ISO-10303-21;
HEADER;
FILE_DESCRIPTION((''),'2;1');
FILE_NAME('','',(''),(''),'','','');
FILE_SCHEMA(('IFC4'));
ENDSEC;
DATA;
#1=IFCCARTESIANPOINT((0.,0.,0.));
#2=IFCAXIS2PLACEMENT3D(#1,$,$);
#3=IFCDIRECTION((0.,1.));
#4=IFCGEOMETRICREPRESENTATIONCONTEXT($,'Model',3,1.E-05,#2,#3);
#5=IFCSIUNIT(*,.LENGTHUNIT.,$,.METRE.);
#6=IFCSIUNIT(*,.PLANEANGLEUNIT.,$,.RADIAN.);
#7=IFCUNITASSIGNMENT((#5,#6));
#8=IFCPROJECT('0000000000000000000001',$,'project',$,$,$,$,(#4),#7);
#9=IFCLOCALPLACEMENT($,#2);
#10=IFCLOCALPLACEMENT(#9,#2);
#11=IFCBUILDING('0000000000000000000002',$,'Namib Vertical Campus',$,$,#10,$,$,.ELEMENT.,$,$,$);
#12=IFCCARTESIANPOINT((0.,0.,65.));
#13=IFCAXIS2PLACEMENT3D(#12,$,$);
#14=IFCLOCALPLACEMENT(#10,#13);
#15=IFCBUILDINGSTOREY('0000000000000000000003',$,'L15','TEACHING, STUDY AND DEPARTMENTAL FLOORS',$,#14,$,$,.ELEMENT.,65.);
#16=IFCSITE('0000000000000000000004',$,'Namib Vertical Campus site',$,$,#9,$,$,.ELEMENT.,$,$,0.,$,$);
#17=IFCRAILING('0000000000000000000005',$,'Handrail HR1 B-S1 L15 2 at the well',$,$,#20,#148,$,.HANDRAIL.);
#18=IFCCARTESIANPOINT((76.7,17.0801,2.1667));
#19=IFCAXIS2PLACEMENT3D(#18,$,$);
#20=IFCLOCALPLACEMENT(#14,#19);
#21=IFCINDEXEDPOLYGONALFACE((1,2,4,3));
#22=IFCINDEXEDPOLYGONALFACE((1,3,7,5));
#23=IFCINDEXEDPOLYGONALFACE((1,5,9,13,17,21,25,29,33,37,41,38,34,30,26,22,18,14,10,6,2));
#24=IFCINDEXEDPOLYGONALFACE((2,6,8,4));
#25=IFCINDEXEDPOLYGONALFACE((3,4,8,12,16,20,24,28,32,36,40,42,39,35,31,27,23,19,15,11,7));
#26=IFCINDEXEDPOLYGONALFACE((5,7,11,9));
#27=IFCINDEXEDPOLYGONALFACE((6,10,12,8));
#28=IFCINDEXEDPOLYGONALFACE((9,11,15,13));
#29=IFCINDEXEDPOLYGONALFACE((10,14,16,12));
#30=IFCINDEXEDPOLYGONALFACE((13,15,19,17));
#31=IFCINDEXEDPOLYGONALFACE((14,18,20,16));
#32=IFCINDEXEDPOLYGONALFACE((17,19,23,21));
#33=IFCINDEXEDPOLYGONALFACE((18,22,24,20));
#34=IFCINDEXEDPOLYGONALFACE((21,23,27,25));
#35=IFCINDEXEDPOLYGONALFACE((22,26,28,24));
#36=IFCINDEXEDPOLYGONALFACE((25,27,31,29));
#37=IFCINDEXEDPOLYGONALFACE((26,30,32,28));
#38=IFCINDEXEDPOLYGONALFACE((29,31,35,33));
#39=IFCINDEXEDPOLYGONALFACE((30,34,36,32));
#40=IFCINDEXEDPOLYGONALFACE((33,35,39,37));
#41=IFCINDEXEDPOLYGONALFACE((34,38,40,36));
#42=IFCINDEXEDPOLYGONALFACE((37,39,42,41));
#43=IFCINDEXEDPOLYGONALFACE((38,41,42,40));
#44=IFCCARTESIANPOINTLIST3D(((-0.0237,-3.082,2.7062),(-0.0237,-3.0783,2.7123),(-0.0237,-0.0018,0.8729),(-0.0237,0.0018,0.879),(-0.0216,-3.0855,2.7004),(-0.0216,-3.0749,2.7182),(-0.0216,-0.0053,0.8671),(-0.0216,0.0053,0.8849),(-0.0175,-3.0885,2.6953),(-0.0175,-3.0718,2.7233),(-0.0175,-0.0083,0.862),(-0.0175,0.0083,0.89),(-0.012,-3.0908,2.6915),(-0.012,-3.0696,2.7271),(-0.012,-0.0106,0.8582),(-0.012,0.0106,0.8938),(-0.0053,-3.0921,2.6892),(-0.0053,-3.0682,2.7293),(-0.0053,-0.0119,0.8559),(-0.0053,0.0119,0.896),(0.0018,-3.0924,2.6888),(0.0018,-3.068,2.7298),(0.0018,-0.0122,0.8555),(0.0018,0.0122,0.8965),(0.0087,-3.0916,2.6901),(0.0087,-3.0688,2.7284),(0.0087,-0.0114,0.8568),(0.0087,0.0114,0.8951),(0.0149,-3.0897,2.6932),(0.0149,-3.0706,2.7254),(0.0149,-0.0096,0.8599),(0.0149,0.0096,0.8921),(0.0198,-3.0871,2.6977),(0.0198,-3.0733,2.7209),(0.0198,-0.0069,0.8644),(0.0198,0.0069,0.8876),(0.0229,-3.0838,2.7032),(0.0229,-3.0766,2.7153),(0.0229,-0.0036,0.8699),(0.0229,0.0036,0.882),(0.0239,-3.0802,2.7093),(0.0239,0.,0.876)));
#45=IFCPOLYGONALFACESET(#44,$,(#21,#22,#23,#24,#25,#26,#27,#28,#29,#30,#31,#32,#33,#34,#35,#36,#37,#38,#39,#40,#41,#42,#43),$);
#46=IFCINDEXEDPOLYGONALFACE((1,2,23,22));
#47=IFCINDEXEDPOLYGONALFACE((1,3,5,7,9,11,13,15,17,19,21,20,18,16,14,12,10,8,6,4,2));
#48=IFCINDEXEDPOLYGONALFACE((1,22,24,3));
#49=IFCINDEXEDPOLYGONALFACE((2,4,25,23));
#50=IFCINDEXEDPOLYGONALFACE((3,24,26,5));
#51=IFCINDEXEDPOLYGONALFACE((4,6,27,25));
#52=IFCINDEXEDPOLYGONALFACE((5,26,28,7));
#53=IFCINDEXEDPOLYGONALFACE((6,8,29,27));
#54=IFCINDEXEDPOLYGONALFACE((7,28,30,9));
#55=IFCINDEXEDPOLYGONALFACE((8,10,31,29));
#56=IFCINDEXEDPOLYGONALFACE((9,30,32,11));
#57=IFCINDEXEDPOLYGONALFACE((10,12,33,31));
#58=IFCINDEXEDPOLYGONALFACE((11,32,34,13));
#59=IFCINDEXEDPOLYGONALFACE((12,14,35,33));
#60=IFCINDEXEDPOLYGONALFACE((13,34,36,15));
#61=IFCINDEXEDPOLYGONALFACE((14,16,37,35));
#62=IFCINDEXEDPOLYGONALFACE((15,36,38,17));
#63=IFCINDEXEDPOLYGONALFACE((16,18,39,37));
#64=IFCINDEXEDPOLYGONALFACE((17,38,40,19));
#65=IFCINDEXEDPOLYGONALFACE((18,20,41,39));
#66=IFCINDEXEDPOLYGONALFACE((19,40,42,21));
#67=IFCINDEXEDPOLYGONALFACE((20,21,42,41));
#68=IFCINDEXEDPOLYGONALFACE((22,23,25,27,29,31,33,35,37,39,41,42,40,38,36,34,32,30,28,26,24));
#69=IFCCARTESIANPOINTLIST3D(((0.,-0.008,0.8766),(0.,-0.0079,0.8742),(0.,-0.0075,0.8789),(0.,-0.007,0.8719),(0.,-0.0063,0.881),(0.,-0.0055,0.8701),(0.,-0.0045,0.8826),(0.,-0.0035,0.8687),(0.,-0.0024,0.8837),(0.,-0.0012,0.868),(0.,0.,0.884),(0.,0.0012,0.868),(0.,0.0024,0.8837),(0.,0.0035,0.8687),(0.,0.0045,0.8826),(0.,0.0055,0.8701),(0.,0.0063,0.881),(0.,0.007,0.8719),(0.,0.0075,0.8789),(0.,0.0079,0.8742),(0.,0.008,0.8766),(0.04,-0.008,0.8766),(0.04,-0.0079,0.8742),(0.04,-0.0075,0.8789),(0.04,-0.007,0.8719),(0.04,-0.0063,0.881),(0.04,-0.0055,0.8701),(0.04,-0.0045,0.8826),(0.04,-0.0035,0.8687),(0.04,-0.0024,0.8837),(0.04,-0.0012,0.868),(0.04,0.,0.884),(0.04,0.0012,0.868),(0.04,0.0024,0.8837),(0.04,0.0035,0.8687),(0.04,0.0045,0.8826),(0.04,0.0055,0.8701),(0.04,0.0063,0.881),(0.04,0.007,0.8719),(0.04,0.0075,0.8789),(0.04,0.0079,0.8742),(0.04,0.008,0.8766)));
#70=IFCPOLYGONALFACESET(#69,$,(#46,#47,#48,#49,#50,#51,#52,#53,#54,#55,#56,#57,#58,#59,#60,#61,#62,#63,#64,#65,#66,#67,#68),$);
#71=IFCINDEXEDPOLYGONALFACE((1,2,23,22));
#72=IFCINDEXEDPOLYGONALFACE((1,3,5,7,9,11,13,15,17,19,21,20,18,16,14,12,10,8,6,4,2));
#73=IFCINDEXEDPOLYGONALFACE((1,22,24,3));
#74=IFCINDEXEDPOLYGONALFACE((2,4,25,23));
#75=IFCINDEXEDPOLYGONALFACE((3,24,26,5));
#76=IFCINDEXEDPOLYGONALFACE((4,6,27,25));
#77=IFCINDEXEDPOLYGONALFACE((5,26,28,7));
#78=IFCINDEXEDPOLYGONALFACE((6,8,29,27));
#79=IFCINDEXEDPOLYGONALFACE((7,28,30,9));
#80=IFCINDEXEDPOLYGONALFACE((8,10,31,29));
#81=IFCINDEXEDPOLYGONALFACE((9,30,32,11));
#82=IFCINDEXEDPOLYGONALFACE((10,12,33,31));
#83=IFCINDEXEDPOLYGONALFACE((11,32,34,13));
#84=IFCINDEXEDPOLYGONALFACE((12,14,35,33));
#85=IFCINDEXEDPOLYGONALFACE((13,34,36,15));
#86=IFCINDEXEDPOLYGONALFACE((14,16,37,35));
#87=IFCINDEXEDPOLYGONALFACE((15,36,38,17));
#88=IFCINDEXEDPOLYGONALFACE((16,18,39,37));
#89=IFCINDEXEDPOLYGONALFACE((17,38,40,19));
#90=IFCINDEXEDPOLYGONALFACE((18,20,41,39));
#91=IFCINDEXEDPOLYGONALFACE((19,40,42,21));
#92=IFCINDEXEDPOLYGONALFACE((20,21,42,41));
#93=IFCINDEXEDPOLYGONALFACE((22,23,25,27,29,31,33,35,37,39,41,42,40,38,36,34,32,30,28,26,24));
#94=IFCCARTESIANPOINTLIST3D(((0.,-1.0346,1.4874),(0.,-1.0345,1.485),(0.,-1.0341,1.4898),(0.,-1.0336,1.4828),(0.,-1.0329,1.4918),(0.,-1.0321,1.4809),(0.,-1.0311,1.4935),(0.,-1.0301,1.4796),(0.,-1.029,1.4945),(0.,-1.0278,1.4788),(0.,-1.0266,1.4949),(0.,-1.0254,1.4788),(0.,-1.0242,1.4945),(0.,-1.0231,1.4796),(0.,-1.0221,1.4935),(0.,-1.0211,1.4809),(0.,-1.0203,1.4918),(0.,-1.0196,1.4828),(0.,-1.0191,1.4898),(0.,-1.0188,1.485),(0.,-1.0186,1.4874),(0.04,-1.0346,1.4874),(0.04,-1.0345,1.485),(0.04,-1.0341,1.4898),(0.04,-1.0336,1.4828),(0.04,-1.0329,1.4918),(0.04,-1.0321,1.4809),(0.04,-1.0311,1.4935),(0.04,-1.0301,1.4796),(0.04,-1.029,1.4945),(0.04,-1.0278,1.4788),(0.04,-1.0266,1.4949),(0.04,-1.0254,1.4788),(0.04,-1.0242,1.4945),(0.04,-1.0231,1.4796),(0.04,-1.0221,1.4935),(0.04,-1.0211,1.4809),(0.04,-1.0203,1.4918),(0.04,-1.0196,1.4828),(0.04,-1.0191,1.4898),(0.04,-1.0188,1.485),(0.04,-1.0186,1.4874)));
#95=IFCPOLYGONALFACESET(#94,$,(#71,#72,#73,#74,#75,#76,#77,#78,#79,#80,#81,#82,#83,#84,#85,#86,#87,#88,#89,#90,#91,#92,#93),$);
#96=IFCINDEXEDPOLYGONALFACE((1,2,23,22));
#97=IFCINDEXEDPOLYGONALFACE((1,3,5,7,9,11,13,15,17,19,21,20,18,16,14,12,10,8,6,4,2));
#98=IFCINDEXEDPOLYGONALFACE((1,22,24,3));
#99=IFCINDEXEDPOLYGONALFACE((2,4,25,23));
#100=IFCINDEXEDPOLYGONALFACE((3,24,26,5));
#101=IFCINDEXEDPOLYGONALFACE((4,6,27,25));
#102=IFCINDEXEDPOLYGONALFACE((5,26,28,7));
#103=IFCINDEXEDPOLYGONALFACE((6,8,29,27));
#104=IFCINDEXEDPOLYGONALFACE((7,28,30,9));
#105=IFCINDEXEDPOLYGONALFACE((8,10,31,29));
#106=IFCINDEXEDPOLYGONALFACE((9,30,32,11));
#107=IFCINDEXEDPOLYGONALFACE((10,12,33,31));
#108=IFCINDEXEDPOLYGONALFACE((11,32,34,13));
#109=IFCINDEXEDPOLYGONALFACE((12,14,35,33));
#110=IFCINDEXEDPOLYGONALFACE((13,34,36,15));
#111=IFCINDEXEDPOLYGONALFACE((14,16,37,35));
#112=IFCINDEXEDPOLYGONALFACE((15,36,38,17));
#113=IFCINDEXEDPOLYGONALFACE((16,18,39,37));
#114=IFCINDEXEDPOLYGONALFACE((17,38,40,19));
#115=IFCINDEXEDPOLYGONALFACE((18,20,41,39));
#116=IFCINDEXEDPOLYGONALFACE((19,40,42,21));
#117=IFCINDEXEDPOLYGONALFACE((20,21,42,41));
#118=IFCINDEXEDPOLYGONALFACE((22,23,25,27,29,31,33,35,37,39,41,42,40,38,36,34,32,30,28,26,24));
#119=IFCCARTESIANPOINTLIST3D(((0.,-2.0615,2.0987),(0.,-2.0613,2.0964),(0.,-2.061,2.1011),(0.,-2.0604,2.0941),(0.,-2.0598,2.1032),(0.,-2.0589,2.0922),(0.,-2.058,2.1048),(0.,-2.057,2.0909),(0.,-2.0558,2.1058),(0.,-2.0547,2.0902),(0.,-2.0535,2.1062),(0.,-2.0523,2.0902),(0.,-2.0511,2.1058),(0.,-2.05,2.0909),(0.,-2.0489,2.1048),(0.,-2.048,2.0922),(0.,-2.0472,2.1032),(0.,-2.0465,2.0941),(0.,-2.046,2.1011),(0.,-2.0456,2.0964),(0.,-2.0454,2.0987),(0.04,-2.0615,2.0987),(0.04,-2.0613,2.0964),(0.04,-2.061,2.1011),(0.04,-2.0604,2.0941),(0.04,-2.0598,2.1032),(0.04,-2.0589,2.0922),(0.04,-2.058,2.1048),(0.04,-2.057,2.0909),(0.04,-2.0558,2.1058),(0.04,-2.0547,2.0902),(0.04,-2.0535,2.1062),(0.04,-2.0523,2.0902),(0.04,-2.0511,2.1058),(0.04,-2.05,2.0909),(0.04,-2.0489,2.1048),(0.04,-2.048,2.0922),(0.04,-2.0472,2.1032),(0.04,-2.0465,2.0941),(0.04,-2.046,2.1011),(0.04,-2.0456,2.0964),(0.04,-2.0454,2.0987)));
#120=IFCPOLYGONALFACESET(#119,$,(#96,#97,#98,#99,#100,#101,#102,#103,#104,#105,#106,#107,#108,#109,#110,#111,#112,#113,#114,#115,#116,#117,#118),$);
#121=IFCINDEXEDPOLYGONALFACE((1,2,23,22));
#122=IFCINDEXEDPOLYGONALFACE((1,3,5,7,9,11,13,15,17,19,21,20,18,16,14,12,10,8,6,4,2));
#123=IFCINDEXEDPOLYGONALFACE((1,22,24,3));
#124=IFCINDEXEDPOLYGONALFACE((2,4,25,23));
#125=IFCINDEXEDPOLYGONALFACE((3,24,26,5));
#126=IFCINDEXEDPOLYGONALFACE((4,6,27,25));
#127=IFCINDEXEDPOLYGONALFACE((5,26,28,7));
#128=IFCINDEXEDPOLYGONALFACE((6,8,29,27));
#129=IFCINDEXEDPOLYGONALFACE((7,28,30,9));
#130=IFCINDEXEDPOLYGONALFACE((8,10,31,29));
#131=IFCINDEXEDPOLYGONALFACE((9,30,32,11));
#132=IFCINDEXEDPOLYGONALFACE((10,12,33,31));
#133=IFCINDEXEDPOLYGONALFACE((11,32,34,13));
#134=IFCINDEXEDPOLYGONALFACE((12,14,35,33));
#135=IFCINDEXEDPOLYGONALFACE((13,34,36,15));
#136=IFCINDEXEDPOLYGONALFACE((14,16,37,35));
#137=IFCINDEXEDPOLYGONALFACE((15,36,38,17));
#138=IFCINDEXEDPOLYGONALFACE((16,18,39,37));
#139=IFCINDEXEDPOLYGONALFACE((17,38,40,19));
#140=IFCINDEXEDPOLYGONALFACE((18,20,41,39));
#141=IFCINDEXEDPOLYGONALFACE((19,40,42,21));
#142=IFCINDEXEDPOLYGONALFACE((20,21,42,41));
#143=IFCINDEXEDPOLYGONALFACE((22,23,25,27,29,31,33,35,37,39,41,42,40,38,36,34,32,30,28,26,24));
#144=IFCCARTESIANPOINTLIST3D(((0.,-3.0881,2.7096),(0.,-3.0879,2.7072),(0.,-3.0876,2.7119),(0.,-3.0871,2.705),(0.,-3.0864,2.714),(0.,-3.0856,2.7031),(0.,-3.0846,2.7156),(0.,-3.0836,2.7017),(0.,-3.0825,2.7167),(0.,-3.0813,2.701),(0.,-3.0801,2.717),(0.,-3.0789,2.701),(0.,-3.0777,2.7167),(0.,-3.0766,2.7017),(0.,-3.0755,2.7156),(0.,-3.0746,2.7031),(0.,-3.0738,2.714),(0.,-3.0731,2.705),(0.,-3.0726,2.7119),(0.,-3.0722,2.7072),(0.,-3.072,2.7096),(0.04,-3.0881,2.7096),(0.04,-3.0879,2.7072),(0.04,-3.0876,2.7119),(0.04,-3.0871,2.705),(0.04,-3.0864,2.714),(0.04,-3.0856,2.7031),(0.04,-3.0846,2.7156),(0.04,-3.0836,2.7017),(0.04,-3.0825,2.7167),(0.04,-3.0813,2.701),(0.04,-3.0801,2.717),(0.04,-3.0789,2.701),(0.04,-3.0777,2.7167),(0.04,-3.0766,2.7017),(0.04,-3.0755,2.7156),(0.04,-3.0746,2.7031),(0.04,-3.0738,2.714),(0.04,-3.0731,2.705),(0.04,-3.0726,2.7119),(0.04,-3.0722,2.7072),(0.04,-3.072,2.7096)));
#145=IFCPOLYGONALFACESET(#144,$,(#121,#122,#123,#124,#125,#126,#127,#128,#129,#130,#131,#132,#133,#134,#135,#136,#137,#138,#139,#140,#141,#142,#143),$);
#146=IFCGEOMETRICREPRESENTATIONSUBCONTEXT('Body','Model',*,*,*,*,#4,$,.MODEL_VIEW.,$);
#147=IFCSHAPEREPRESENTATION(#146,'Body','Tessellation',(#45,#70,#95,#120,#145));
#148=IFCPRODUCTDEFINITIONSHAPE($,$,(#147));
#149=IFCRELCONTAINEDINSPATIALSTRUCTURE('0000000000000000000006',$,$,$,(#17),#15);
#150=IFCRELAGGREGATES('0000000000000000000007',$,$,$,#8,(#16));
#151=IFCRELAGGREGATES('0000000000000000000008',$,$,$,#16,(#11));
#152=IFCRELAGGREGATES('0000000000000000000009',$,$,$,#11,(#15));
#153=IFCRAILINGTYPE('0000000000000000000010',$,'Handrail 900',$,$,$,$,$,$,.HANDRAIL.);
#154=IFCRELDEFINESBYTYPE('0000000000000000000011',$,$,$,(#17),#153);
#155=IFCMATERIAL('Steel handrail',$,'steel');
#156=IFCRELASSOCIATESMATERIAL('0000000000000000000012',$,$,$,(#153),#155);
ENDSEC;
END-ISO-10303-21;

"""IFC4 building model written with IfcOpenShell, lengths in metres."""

from ifc_helpers import new_model, si_unit, direction, frame, origin, origin_2d, place, context, subcontext, project, spatial, circle, extrude, material, type_object, element, save


model = new_model("IFC4")

# Units and contexts
model_context = context("Model", 3, precision=1e-05, world=origin(), true_north=direction((0.0, 1.0)))
body_context = subcontext(model_context, "Body", "Model", "MODEL_VIEW")
ifc_project = project(units=[si_unit("LENGTHUNIT", "METRE"), si_unit("PLANEANGLEUNIT", "RADIAN")], contexts=[model_context])

# Site, building, storey
site_placement = place(None, origin())
site = spatial("IfcSite", under=ifc_project, at=site_placement, Name="Namib Vertical Campus site", CompositionType="ELEMENT", RefElevation=0.0)
building_placement = place(site_placement, origin())
building = spatial("IfcBuilding", under=site, at=building_placement, Name="Namib Vertical Campus", CompositionType="ELEMENT")
storey_placement = place(building_placement, frame((0.0, 0.0, 65.0)))
storey = spatial("IfcBuildingStorey", under=building, at=storey_placement, Name="L15", Description="TEACHING, STUDY AND DEPARTMENTAL FLOORS", CompositionType="ELEMENT", Elevation=65.0)

# Railing
ifc_material_1 = material(Name="Steel handrail", Category="steel")
railing_type_1 = type_object("IfcRailingType", Name="Handrail 900", PredefinedType="HANDRAIL", material=ifc_material_1)
railing_1_placement = place(storey_placement, frame((76.7, 17.0801, 2.1667)))
element("IfcRailing", 1, at=railing_1_placement, inside=storey, type_object=railing_type_1, Name="Handrail HR1 B-S1 L15 2 at the well", PredefinedType="HANDRAIL", context=body_context, shape_type="SweptSolid", body=[
    extrude(circle(Radius=0.0239, at=origin_2d()), frame((0.0, 0.0, 0.876), z_axis=(0.0, -0.859309, 0.511458), x_axis=(1.0, 0.0, 0.0)), (0.0, 0.0, 1.0), 3.5845),
    extrude(circle(Radius=0.0081, at=origin_2d()), frame((0.0, 0.0, 0.876), z_axis=(1.0, 0.0, 0.0), x_axis=(0.0, 0.0, 1.0)), (0.0, 0.0, 1.0), 0.04),
    extrude(circle(Radius=0.0081, at=origin_2d()), frame((0.0, -1.0266, 1.4868), z_axis=(1.0, 0.0, 0.0), x_axis=(0.0, 0.0, 1.0)), (0.0, 0.0, 1.0), 0.04),
    extrude(circle(Radius=0.0081, at=origin_2d()), frame((0.0, -2.0535, 2.0981), z_axis=(1.0, 0.0, 0.0), x_axis=(0.0, 0.0, 1.0)), (0.0, 0.0, 1.0), 0.04),
    extrude(circle(Radius=0.0081, at=origin_2d()), frame((0.0, -3.0801, 2.709), z_axis=(1.0, 0.0, 0.0), x_axis=(0.0, 0.0, 1.0)), (0.0, 0.0, 1.0), 0.04),
])

save(model, "model.ifc")
